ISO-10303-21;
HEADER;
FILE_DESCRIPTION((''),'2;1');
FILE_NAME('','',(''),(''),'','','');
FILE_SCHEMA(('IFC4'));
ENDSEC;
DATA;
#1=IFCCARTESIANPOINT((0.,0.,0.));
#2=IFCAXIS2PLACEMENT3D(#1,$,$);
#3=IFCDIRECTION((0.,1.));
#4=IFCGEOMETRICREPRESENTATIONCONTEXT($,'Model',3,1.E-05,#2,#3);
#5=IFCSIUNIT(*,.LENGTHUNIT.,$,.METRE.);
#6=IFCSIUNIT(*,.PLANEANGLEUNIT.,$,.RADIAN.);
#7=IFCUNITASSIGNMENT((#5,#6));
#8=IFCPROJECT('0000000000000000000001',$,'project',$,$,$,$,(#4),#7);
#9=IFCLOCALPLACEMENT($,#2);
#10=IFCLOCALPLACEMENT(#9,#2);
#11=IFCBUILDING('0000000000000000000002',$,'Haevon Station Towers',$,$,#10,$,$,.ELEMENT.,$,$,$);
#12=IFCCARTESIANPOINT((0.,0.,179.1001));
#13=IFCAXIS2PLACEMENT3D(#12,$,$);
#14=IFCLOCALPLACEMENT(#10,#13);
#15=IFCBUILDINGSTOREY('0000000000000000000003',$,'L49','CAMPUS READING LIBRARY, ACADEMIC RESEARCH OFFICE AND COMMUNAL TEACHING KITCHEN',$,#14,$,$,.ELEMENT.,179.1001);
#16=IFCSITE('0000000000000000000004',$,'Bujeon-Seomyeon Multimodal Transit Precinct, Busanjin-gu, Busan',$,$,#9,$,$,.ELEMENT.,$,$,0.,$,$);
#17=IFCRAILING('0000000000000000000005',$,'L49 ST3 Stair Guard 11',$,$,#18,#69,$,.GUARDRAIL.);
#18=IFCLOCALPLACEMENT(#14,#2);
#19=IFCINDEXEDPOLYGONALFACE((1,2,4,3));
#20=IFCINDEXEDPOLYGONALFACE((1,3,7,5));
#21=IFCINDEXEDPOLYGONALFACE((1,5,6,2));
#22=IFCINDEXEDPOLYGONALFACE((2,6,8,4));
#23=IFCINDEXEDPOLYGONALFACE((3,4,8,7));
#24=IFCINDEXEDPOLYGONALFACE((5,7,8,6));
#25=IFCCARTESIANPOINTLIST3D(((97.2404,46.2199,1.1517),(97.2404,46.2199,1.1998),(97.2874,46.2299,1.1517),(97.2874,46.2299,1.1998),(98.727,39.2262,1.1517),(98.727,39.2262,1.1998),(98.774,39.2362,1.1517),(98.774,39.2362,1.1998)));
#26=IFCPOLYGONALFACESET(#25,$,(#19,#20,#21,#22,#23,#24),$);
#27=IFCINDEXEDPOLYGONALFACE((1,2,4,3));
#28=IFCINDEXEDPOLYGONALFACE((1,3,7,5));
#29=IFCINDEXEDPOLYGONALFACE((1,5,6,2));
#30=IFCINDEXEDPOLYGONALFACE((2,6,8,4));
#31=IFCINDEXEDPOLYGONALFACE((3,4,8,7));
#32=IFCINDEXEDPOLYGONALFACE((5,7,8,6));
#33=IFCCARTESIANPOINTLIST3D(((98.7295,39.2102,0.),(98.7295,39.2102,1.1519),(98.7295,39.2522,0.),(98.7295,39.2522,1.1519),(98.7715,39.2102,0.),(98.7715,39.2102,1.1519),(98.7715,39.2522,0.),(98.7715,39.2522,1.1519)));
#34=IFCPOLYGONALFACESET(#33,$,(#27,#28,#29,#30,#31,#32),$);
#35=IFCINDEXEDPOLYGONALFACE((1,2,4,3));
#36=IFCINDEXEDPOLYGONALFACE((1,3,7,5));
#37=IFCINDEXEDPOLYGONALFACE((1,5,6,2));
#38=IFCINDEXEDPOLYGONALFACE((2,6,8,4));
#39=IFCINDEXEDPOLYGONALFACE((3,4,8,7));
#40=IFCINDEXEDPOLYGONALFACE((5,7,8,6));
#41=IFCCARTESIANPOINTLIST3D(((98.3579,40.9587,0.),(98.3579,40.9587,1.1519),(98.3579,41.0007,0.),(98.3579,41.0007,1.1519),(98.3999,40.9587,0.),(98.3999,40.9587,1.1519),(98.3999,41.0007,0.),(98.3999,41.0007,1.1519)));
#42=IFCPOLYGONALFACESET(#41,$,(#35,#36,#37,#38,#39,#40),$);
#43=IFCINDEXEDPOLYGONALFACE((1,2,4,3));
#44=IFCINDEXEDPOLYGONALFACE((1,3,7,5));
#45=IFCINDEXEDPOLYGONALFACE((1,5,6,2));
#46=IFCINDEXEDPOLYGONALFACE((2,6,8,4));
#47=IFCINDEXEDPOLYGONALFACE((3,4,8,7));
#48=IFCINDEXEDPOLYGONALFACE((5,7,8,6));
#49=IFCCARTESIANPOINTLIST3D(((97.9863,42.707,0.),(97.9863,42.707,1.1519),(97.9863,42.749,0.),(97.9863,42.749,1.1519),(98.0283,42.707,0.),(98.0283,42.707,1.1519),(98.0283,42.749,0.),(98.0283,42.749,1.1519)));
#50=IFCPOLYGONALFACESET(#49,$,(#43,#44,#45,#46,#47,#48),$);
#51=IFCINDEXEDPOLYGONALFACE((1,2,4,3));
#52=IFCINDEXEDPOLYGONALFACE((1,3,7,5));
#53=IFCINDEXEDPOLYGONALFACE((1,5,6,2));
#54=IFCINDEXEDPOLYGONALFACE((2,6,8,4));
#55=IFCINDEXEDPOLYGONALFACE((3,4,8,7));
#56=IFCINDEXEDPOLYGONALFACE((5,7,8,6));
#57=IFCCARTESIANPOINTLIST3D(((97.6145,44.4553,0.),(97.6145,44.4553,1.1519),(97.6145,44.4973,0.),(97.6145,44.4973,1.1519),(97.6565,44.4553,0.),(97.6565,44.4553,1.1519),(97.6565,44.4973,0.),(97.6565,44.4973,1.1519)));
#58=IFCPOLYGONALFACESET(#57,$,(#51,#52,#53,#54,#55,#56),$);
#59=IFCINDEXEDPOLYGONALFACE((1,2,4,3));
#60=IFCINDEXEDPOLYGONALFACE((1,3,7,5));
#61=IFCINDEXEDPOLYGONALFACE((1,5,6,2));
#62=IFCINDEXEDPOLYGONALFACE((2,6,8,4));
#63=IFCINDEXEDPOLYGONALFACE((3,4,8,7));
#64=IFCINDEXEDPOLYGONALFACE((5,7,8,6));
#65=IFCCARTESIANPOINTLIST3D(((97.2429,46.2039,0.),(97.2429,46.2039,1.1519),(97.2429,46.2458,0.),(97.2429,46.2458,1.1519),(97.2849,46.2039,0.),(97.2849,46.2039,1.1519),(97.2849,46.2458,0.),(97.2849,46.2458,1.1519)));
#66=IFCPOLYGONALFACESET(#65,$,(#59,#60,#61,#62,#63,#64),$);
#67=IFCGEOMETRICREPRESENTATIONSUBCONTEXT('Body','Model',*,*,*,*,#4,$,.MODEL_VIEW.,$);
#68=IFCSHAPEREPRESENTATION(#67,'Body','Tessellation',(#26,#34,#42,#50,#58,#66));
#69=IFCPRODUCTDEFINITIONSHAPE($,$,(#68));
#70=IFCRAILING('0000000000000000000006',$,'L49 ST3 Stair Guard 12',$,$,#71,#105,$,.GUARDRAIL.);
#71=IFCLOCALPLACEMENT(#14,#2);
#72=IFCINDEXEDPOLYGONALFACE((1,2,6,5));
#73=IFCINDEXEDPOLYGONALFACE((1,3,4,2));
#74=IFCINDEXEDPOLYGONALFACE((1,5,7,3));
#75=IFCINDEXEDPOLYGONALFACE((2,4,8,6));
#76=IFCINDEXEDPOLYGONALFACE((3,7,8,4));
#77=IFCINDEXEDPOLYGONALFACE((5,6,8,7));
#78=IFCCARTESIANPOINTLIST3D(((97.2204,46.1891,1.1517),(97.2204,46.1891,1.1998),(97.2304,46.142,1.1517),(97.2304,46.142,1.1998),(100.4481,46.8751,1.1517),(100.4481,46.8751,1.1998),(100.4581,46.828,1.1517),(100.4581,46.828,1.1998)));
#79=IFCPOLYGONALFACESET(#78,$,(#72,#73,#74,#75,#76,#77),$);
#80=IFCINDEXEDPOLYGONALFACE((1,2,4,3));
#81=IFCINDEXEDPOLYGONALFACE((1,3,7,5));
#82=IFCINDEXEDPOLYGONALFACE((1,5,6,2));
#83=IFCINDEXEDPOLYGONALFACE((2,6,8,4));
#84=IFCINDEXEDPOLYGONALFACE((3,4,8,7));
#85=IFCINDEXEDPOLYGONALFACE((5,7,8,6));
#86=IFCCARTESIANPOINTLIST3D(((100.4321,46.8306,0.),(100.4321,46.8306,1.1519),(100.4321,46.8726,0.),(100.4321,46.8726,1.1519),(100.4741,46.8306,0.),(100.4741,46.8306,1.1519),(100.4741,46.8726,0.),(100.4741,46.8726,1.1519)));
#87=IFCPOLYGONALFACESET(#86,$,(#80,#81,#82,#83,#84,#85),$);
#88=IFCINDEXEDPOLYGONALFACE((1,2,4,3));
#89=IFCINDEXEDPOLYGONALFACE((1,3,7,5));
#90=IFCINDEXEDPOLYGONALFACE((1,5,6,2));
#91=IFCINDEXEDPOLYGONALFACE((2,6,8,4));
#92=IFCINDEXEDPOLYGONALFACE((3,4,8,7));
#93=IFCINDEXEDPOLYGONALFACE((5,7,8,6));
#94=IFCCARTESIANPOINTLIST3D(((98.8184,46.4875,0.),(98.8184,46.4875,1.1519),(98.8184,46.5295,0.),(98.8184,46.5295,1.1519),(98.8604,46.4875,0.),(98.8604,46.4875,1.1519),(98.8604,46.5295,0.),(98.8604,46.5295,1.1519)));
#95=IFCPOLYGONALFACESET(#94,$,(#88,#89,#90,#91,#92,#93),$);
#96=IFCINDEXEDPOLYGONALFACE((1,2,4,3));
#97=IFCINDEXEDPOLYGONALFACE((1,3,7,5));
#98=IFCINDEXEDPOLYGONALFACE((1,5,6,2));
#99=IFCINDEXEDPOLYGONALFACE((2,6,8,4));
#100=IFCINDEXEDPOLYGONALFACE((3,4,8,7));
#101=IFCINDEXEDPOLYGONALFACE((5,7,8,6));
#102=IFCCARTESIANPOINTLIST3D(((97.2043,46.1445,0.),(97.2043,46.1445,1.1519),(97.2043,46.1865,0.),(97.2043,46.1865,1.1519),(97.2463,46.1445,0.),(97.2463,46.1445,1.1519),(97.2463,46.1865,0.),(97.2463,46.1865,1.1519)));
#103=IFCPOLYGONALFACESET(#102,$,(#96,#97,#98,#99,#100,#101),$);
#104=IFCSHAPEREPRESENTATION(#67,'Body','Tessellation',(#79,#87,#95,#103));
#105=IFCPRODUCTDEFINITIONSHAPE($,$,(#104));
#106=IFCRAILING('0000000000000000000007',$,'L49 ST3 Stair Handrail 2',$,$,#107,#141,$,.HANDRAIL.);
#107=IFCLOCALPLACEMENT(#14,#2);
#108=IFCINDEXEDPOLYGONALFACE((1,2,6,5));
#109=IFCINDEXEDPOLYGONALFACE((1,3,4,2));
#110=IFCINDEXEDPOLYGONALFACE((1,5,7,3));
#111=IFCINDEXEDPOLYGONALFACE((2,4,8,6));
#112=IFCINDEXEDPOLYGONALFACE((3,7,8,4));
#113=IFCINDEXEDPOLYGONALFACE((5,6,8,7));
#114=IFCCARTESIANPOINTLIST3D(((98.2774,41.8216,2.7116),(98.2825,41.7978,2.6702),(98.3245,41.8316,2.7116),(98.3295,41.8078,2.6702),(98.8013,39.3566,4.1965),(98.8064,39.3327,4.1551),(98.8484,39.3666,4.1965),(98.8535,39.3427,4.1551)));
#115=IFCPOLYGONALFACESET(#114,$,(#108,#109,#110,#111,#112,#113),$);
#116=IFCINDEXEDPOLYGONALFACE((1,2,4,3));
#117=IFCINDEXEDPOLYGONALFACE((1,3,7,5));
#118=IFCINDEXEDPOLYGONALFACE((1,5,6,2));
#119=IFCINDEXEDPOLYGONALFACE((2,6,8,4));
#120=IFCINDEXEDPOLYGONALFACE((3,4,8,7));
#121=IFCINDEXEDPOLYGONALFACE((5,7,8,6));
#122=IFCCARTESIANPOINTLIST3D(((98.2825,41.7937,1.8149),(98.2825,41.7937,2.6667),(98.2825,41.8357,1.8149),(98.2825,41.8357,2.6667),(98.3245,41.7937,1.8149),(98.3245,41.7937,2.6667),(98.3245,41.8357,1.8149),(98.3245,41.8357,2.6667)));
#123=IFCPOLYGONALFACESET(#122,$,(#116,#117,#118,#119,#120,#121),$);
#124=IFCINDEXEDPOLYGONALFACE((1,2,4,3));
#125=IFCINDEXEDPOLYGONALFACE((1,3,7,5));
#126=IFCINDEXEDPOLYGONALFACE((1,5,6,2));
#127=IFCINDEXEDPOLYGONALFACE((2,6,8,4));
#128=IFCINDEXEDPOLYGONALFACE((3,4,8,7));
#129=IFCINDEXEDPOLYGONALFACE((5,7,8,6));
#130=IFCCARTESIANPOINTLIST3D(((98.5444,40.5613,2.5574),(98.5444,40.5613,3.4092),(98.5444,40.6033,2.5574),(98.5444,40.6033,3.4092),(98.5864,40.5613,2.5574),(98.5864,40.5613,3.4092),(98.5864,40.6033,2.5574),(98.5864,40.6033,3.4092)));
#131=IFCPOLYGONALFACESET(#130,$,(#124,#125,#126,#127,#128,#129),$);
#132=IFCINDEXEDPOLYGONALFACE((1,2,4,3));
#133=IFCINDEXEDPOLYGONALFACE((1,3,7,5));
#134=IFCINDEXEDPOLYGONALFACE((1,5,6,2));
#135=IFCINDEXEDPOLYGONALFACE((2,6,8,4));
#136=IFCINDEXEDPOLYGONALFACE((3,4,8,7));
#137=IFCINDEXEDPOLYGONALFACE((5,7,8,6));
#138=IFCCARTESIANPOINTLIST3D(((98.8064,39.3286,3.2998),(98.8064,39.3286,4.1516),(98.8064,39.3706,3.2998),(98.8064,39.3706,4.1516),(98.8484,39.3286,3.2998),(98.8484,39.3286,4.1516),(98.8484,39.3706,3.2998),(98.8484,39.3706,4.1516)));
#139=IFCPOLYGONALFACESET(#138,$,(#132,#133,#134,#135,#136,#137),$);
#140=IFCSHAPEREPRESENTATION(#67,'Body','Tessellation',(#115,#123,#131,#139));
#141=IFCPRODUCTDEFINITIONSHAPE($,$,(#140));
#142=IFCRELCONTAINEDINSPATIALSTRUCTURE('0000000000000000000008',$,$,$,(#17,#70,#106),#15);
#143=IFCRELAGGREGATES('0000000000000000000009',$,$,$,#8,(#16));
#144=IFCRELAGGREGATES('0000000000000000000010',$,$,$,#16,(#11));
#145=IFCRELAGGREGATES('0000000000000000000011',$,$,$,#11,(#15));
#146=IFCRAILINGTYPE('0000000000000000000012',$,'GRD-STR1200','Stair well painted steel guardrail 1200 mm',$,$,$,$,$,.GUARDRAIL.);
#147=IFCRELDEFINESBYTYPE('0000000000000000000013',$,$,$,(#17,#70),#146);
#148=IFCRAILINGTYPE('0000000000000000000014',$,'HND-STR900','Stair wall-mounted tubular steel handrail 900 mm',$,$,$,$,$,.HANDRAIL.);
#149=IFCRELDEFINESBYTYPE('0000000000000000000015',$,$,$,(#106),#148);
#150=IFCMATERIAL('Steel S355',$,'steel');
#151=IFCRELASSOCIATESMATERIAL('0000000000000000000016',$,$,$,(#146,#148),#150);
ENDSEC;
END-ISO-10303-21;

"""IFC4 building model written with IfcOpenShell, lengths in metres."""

from ifc_helpers import new_model, si_unit, direction, frame, origin, origin_2d, place, context, subcontext, project, spatial, rectangle, extrude, material, type_object, element, save


model = new_model("IFC4")

# Units and contexts
model_context = context("Model", 3, precision=1e-05, world=origin(), true_north=direction((0.0, 1.0)))
body_context = subcontext(model_context, "Body", "Model", "MODEL_VIEW")
ifc_project = project(units=[si_unit("LENGTHUNIT", "METRE"), si_unit("PLANEANGLEUNIT", "RADIAN")], contexts=[model_context])

# Site, building, storey
site_placement = place(None, origin())
site = spatial("IfcSite", under=ifc_project, at=site_placement, Name="Bujeon-Seomyeon Multimodal Transit Precinct, Busanjin-gu, Busan", CompositionType="ELEMENT", RefElevation=0.0)
building_placement = place(site_placement, origin())
building = spatial("IfcBuilding", under=site, at=building_placement, Name="Haevon Station Towers", CompositionType="ELEMENT")
storey_placement = place(building_placement, frame((0.0, 0.0, 179.1001)))
storey = spatial("IfcBuildingStorey", under=building, at=storey_placement, Name="L49", Description="CAMPUS READING LIBRARY, ACADEMIC RESEARCH OFFICE AND COMMUNAL TEACHING KITCHEN", CompositionType="ELEMENT", Elevation=179.1001)

# Shared definitions
ifc_material_1 = material(Name="Steel S355", Category="steel")

# Railings
railing_type_1 = type_object("IfcRailingType", Name="GRD-STR1200", Description="Stair well painted steel guardrail 1200 mm", PredefinedType="GUARDRAIL", material=ifc_material_1)
railing_1_placement = place(storey_placement, frame((98.7505, 39.2312, 0.0)))
element("IfcRailing", 1, at=railing_1_placement, inside=storey, type_object=railing_type_1, Name="L49 ST3 Stair Guard 11", PredefinedType="GUARDRAIL", context=body_context, shape_type="SweptSolid", body=[
    extrude(rectangle(XDim=0.0481, YDim=0.0481, at=origin_2d()), frame((0.0, 0.0, 1.1758), z_axis=(-0.207915, 0.978147, 0.0), x_axis=(-0.978147, -0.207915, 0.0)), (0.0, 0.0, 1.0), 7.1499),
    extrude(rectangle(XDim=0.042, YDim=0.042, at=origin_2d()), origin(), (0.0, 0.0, 1.0), 1.1519),
    extrude(rectangle(XDim=0.042, YDim=0.042, at=origin_2d()), frame((-0.3716, 1.7485, 0.0)), (0.0, 0.0, 1.0), 1.1519),
    extrude(rectangle(XDim=0.042, YDim=0.042, at=origin_2d()), frame((-0.7432, 3.4968, 0.0)), (0.0, 0.0, 1.0), 1.1519),
    extrude(rectangle(XDim=0.042, YDim=0.042, at=origin_2d()), frame((-1.115, 5.2451, 0.0)), (0.0, 0.0, 1.0), 1.1519),
    extrude(rectangle(XDim=0.042, YDim=0.042, at=origin_2d()), frame((-1.4866, 6.9937, 0.0)), (0.0, 0.0, 1.0), 1.1519),
])
railing_2_placement = place(storey_placement, frame((100.4531, 46.8516, 0.0)))
element("IfcRailing", 2, at=railing_2_placement, inside=storey, type_object=railing_type_1, Name="L49 ST3 Stair Guard 12", PredefinedType="GUARDRAIL", context=body_context, shape_type="SweptSolid", body=[
    extrude(rectangle(XDim=0.0481, YDim=0.0481, at=origin_2d()), frame((0.0, 0.0, 1.1758), z_axis=(-0.978151, -0.207897, 0.0), x_axis=(0.207897, -0.978151, 0.0)), (0.0, 0.0, 1.0), 3.2998),
    extrude(rectangle(XDim=0.042, YDim=0.042, at=origin_2d()), origin(), (0.0, 0.0, 1.0), 1.1519),
    extrude(rectangle(XDim=0.042, YDim=0.042, at=origin_2d()), frame((-1.6138, -0.343, 0.0)), (0.0, 0.0, 1.0), 1.1519),
    extrude(rectangle(XDim=0.042, YDim=0.042, at=origin_2d()), frame((-3.2278, -0.686, 0.0)), (0.0, 0.0, 1.0), 1.1519),
])
railing_type_2 = type_object("IfcRailingType", Name="HND-STR900", Description="Stair wall-mounted tubular steel handrail 900 mm", PredefinedType="HANDRAIL", material=ifc_material_1)
railing_3_placement = place(storey_placement, frame((98.3035, 41.8147, 1.8149)))
element("IfcRailing", 3, at=railing_3_placement, inside=storey, type_object=railing_type_2, Name="L49 ST3 Stair Handrail 2", PredefinedType="HANDRAIL", context=body_context, shape_type="SweptSolid", body=[
    extrude(rectangle(XDim=0.0481, YDim=0.0481, at=origin_2d()), frame((0.0, 0.0, 0.876), z_axis=(0.179116, -0.842748, 0.507635), x_axis=(0.978151, 0.207895, 0.0)), (0.0, 0.0, 1.0), 2.925),
    extrude(rectangle(XDim=0.042, YDim=0.042, at=origin_2d()), origin(), (0.0, 0.0, 1.0), 0.8518),
    extrude(rectangle(XDim=0.042, YDim=0.042, at=origin_2d()), frame((0.262, -1.2324, 0.7424)), (0.0, 0.0, 1.0), 0.8518),
    extrude(rectangle(XDim=0.042, YDim=0.042, at=origin_2d()), frame((0.5239, -2.4651, 1.4849)), (0.0, 0.0, 1.0), 0.8518),
])

save(model, "model.ifc")
